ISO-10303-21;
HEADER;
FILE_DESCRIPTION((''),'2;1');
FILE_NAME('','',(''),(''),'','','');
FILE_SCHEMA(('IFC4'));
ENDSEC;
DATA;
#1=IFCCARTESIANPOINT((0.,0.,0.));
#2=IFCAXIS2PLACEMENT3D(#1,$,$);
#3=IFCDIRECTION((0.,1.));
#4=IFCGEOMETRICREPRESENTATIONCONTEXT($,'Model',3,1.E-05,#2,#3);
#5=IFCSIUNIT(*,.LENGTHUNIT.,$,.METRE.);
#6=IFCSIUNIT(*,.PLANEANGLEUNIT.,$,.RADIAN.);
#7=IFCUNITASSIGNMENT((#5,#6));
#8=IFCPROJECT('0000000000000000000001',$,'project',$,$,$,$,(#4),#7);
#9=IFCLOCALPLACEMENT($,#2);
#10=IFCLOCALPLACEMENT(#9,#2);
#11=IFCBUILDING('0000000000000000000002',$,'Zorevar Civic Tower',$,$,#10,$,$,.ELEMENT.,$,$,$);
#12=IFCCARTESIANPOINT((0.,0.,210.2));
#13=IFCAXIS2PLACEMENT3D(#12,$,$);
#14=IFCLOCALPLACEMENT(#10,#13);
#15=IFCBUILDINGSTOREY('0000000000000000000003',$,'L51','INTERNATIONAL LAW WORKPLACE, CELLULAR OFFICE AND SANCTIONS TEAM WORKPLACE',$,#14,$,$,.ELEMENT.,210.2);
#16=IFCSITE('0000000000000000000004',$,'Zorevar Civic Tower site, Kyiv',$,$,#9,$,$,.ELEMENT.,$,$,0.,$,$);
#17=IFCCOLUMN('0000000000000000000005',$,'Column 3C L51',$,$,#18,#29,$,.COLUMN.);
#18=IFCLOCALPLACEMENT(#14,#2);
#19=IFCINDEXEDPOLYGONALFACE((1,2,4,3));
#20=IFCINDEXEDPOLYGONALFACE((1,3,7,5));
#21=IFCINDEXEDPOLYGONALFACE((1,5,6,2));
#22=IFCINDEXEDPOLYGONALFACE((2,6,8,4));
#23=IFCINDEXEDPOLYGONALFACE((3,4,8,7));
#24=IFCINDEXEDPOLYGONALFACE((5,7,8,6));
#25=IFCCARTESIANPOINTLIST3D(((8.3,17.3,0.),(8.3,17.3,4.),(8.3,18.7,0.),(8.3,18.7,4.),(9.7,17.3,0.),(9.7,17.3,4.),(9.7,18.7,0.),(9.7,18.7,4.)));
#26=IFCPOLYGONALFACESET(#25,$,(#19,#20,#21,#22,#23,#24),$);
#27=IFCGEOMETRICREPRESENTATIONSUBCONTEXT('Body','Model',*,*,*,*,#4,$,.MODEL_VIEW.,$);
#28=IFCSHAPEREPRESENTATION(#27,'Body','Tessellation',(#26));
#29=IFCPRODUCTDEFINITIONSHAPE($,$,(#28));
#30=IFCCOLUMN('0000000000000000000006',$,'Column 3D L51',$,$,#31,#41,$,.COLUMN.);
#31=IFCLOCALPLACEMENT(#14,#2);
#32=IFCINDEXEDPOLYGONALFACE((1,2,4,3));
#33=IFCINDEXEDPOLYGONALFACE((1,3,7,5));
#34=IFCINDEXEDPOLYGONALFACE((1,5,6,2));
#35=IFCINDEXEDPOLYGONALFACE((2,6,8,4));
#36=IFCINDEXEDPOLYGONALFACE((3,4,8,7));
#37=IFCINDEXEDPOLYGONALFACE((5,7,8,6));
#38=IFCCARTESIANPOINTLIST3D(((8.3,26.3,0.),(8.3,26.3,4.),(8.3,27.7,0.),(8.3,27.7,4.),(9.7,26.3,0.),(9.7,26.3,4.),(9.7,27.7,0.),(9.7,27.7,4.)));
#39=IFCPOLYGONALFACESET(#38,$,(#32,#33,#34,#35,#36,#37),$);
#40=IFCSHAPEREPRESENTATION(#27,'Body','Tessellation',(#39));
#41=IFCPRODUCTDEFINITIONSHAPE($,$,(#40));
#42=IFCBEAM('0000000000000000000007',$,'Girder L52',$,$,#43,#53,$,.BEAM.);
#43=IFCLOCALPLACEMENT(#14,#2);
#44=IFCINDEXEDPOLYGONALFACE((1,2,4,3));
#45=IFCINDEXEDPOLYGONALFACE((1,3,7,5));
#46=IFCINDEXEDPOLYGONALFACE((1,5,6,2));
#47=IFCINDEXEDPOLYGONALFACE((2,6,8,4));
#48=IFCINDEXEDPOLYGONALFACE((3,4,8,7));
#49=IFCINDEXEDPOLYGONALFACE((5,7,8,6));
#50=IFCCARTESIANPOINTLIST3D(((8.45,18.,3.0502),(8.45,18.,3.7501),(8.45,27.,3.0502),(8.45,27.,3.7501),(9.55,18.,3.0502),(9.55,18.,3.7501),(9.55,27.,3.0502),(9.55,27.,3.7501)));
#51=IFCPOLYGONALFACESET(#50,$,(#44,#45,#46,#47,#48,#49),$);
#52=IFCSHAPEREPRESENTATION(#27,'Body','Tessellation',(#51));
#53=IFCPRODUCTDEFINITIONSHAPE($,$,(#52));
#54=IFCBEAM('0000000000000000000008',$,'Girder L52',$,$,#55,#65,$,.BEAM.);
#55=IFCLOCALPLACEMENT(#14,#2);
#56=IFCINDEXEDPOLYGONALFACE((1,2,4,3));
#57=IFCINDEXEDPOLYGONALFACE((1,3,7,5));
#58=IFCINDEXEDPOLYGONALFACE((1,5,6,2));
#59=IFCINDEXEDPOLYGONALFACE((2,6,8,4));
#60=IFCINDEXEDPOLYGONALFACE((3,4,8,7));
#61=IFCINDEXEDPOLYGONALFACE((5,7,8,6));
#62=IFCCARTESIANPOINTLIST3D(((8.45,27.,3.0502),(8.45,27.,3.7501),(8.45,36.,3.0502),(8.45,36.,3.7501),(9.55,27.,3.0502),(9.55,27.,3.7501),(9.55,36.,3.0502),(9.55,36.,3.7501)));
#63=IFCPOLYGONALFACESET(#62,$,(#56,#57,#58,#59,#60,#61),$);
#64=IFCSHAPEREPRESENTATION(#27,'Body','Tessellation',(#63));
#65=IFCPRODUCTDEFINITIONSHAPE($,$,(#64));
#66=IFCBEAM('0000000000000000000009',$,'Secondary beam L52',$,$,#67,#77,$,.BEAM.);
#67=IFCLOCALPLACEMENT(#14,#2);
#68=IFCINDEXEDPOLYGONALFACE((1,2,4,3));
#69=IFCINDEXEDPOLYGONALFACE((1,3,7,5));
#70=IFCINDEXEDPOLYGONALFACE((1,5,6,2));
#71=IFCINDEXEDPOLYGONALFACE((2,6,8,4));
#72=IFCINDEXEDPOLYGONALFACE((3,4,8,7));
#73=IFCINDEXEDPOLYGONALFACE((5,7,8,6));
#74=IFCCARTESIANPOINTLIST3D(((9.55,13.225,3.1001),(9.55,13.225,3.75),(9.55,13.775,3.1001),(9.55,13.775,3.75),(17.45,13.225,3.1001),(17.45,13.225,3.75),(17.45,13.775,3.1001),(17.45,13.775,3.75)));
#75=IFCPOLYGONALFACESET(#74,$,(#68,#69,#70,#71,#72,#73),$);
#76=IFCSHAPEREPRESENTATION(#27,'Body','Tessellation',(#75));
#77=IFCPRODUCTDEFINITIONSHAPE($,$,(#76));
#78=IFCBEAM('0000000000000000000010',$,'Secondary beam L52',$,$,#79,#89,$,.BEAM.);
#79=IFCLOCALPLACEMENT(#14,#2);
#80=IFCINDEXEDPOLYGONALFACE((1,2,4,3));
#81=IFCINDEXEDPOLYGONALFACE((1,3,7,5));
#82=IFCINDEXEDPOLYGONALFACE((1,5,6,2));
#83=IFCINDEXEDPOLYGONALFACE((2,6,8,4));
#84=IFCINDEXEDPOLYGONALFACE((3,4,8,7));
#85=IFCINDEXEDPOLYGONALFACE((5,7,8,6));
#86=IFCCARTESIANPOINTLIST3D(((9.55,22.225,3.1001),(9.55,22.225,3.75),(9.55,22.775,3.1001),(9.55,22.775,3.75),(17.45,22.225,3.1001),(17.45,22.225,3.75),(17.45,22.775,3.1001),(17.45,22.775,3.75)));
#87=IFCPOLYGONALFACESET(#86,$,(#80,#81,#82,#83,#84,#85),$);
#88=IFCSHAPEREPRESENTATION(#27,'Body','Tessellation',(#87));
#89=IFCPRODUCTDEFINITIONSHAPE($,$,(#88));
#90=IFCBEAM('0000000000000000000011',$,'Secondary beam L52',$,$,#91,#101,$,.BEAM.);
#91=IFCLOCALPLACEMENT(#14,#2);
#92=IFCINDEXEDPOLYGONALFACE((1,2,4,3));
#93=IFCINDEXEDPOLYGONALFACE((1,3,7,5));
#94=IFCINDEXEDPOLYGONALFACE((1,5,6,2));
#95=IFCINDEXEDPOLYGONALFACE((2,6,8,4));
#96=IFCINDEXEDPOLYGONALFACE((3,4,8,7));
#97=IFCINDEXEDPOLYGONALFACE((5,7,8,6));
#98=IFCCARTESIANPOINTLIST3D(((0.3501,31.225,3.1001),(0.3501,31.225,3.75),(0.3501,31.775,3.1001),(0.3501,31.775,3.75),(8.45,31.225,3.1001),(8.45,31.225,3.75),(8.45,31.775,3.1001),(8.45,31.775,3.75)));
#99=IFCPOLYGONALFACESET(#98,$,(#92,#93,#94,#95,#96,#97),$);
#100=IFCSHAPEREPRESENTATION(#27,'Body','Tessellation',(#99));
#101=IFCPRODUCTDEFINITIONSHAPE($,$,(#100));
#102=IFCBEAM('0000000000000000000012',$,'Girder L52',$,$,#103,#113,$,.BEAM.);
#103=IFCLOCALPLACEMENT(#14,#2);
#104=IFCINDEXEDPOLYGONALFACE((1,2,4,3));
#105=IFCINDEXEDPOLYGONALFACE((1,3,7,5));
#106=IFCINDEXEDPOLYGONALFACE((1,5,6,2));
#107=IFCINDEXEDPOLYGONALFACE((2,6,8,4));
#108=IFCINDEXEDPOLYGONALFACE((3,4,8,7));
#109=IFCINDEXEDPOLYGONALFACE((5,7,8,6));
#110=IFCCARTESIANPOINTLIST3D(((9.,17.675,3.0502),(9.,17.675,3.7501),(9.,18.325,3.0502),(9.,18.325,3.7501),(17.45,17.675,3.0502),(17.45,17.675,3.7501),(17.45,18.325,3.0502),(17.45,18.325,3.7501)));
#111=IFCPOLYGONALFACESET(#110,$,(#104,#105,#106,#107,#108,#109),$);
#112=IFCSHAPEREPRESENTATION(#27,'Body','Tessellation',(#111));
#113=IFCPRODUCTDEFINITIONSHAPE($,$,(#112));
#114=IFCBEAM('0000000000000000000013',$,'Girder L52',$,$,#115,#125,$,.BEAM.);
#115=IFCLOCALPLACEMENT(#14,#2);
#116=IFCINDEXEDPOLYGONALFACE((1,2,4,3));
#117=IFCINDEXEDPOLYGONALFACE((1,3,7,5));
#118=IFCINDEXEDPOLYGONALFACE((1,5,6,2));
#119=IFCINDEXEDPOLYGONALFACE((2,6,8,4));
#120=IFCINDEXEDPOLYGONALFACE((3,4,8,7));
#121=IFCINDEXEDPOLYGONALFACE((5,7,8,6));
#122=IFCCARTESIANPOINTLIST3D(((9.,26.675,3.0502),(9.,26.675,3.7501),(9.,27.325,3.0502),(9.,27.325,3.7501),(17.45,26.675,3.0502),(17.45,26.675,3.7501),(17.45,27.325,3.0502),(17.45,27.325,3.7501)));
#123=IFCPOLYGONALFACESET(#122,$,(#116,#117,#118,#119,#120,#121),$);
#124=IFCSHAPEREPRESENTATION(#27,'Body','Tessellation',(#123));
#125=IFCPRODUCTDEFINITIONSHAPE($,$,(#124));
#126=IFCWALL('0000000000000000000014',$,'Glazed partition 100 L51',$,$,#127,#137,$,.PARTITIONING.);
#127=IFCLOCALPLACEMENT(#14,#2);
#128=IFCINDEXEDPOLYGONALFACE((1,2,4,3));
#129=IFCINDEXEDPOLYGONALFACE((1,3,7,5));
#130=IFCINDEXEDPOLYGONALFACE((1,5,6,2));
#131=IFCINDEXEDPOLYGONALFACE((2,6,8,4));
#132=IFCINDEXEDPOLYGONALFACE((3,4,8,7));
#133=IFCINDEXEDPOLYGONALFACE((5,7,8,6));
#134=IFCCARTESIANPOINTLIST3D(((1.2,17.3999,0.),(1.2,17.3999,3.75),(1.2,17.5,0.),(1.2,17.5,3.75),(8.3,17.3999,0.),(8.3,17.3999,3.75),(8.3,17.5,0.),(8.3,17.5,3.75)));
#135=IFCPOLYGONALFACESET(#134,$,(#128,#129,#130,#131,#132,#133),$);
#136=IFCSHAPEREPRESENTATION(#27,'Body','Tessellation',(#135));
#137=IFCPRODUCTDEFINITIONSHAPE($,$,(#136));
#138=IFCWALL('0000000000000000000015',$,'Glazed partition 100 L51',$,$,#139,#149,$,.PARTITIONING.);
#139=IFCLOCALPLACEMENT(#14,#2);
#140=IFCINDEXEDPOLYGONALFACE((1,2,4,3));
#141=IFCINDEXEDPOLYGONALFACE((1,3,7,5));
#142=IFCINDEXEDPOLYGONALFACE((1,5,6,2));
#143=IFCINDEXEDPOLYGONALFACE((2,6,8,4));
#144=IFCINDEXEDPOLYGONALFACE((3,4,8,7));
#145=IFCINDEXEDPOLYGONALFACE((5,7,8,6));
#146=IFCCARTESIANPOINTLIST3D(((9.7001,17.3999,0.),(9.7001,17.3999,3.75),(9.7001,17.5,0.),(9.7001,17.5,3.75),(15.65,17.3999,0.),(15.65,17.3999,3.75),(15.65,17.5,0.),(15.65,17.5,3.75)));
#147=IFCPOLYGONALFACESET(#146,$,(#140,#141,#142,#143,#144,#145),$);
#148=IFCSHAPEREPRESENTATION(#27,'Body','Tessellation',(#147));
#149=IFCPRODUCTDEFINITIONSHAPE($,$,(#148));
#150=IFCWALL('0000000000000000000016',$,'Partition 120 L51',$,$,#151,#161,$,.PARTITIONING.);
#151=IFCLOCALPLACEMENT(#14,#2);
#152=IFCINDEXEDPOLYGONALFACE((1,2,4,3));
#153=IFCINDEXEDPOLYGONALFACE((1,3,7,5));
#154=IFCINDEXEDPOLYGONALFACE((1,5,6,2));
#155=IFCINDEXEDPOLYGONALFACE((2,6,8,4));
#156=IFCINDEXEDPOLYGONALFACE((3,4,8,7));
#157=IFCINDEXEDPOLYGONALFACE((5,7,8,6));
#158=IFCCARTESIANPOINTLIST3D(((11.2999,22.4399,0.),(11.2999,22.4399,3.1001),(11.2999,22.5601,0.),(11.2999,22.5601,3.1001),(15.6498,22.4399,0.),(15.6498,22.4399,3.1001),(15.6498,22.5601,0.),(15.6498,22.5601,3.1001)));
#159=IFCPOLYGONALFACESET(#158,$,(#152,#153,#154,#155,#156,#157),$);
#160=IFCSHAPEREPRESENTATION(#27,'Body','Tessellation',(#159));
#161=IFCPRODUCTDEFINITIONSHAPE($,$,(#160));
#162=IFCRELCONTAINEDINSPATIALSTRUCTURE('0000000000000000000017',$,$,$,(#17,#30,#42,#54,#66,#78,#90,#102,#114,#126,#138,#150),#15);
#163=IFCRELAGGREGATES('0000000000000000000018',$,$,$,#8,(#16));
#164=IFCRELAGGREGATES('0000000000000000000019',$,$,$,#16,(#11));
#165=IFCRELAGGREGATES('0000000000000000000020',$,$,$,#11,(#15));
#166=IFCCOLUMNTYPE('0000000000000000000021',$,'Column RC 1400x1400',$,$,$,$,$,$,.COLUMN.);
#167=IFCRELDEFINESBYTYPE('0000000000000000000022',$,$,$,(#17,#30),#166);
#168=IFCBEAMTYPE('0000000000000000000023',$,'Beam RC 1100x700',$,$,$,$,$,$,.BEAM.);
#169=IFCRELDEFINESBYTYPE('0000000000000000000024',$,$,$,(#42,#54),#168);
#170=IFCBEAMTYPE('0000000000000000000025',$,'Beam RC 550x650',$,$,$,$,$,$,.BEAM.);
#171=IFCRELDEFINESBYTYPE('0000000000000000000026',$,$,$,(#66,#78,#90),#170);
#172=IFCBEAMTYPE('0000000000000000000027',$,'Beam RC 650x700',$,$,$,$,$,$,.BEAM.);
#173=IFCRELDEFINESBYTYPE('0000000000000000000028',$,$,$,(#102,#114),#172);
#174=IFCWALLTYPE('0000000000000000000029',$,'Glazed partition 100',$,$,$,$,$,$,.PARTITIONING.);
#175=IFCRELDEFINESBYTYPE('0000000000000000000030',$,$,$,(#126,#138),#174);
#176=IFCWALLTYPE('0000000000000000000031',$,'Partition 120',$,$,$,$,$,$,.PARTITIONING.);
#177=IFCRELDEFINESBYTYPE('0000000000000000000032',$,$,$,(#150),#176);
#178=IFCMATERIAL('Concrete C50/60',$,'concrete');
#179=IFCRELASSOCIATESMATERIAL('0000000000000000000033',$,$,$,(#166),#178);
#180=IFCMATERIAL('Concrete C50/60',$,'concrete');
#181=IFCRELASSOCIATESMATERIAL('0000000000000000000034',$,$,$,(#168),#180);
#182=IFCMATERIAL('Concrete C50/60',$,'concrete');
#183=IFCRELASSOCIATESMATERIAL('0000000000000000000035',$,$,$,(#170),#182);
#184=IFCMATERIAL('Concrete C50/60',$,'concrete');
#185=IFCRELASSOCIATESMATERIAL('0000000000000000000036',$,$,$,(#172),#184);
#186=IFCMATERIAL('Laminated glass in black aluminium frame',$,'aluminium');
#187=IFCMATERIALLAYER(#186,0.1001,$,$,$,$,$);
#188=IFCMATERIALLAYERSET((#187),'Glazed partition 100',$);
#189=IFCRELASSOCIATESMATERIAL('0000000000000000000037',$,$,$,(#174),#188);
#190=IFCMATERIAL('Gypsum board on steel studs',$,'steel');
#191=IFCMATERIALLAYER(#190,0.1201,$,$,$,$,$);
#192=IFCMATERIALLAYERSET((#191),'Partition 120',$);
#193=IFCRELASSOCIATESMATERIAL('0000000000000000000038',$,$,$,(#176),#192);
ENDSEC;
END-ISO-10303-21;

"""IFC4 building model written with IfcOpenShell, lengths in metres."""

from ifc_helpers import new_model, si_unit, direction, frame, frame_2d, origin, origin_2d, place, context, subcontext, project, spatial, rectangle, extrude, material, layer, layer_set, material_profile, profile_set, type_object, element, save


model = new_model("IFC4")

# Units and contexts
model_context = context("Model", 3, precision=1e-05, world=origin(), true_north=direction((0.0, 1.0)))
body_context = subcontext(model_context, "Body", "Model", "MODEL_VIEW")
ifc_project = project(units=[si_unit("LENGTHUNIT", "METRE"), si_unit("PLANEANGLEUNIT", "RADIAN")], contexts=[model_context])

# Site, building, storey
site_placement = place(None, origin())
site = spatial("IfcSite", under=ifc_project, at=site_placement, Name="Zorevar Civic Tower site, Kyiv", CompositionType="ELEMENT", RefElevation=0.0)
building_placement = place(site_placement, origin())
building = spatial("IfcBuilding", under=site, at=building_placement, Name="Zorevar Civic Tower", CompositionType="ELEMENT")
storey_placement = place(building_placement, frame((0.0, 0.0, 210.2)))
storey = spatial("IfcBuildingStorey", under=building, at=storey_placement, Name="L51", Description="INTERNATIONAL LAW WORKPLACE, CELLULAR OFFICE AND SANCTIONS TEAM WORKPLACE", CompositionType="ELEMENT", Elevation=210.2)

# Columns
ifc_material_1 = material(Name="Concrete C50/60", Category="concrete")
ifc_material_profile_1 = material_profile(ifc_material_1, rectangle(XDim=1.3999, YDim=1.3999, at=origin_2d()), Name="RC 1400x1400")
ifc_profile_set_1 = profile_set([ifc_material_profile_1], Name="Concrete C50/60")
column_type = type_object("IfcColumnType", Name="Column RC 1400x1400", PredefinedType="COLUMN", material=ifc_profile_set_1)
for number, where, z_axis, x_axis, name in (
    (1, (9.0, 18.0, 0.0), (0.0, 0.0, 1.0), (1.0, 0.0, 0.0), "Column 3C L51"),
    (2, (9.0, 27.0, 0.0), (0.0, 0.0, 1.0), (1.0, 0.0, 0.0), "Column 3D L51"),
):
    element("IfcColumn", number, at=place(storey_placement, frame(where, z_axis=z_axis, x_axis=x_axis)), inside=storey, type_object=column_type, Name=name, PredefinedType="COLUMN", context=body_context, shape_type="SweptSolid", body=[
        extrude(rectangle(XDim=1.3999, YDim=1.3999, at=origin_2d()), origin(), (0.0, 0.0, 1.0), 4.0),
    ])

# Beams
ifc_material_2 = material(Name="Concrete C50/60", Category="concrete")
ifc_material_profile_2 = material_profile(ifc_material_2, rectangle(XDim=1.1001, YDim=0.7, at=origin_2d()), Name="RC 1100x700")
ifc_profile_set_2 = profile_set([ifc_material_profile_2], Name="Concrete C50/60")
beam_type_1 = type_object("IfcBeamType", Name="Beam RC 1100x700", PredefinedType="BEAM", material=ifc_profile_set_2)
for number, where, z_axis, x_axis, name in (
    (3, (9.0, 18.0, 3.4001), (0.0, 1.0, 0.0), (-1.0, 0.0, 0.0), "Girder L52"),
    (4, (9.0, 27.0, 3.4001), (0.0, 1.0, 0.0), (-1.0, 0.0, 0.0), "Girder L52"),
):
    element("IfcBeam", number, at=place(storey_placement, frame(where, z_axis=z_axis, x_axis=x_axis)), inside=storey, type_object=beam_type_1, Name=name, PredefinedType="BEAM", context=body_context, shape_type="SweptSolid", body=[
        extrude(rectangle(XDim=1.1001, YDim=0.7, at=origin_2d()), origin(), (0.0, 0.0, 1.0), 9.0),
    ])
ifc_material_3 = material(Name="Concrete C50/60", Category="concrete")
ifc_material_profile_3 = material_profile(ifc_material_3, rectangle(XDim=0.55, YDim=0.6499, at=origin_2d()), Name="RC 550x650")
ifc_profile_set_3 = profile_set([ifc_material_profile_3], Name="Concrete C50/60")
beam_type_2 = type_object("IfcBeamType", Name="Beam RC 550x650", PredefinedType="BEAM", material=ifc_profile_set_3)
for number, where, z_axis, x_axis, name in (
    (5, (9.55, 13.5, 3.425), (1.0, 0.0, 0.0), (0.0, 1.0, 0.0), "Secondary beam L52"),
    (6, (9.55, 22.5, 3.425), (1.0, 0.0, 0.0), (0.0, 1.0, 0.0), "Secondary beam L52"),
):
    element("IfcBeam", number, at=place(storey_placement, frame(where, z_axis=z_axis, x_axis=x_axis)), inside=storey, type_object=beam_type_2, Name=name, PredefinedType="BEAM", context=body_context, shape_type="SweptSolid", body=[
        extrude(rectangle(XDim=0.55, YDim=0.6499, at=origin_2d()), origin(), (0.0, 0.0, 1.0), 7.8999),
    ])
beam_placement = place(storey_placement, frame((0.3501, 31.5, 3.425), z_axis=(1.0, 0.0, 0.0), x_axis=(0.0, 1.0, 0.0)))
element("IfcBeam", 7, at=beam_placement, inside=storey, type_object=beam_type_2, Name="Secondary beam L52", PredefinedType="BEAM", context=body_context, shape_type="SweptSolid", body=[
    extrude(rectangle(XDim=0.55, YDim=0.6499, at=origin_2d()), origin(), (0.0, 0.0, 1.0), 8.0999),
])
ifc_material_4 = material(Name="Concrete C50/60", Category="concrete")
ifc_material_profile_4 = material_profile(ifc_material_4, rectangle(XDim=0.6499, YDim=0.7, at=origin_2d()), Name="RC 650x700")
ifc_profile_set_4 = profile_set([ifc_material_profile_4], Name="Concrete C50/60")
beam_type_3 = type_object("IfcBeamType", Name="Beam RC 650x700", PredefinedType="BEAM", material=ifc_profile_set_4)
for number, where, z_axis, x_axis, name in (
    (8, (9.0, 18.0, 3.4001), (1.0, 0.0, 0.0), (0.0, 1.0, 0.0), "Girder L52"),
    (9, (9.0, 27.0, 3.4001), (1.0, 0.0, 0.0), (0.0, 1.0, 0.0), "Girder L52"),
):
    element("IfcBeam", number, at=place(storey_placement, frame(where, z_axis=z_axis, x_axis=x_axis)), inside=storey, type_object=beam_type_3, Name=name, PredefinedType="BEAM", context=body_context, shape_type="SweptSolid", body=[
        extrude(rectangle(XDim=0.6499, YDim=0.7, at=origin_2d()), origin(), (0.0, 0.0, 1.0), 8.45),
    ])

# Walls
ifc_material_5 = material(Name="Laminated glass in black aluminium frame", Category="aluminium")
ifc_layer_1 = layer(ifc_material_5, 0.1001)
ifc_layer_set_1 = layer_set([ifc_layer_1], Name="Glazed partition 100")
wall_type_1 = type_object("IfcWallType", Name="Glazed partition 100", PredefinedType="PARTITIONING", material=ifc_layer_set_1)
wall_1_placement = place(storey_placement, frame((1.2, 17.45, 0.0), z_axis=(0.0, 0.0, 1.0), x_axis=(1.0, 0.0, 0.0)))
element("IfcWall", 10, at=wall_1_placement, inside=storey, type_object=wall_type_1, Name="Glazed partition 100 L51", PredefinedType="PARTITIONING", context=body_context, shape_type="SweptSolid", body=[
    extrude(rectangle(XDim=7.1001, YDim=0.1001, at=frame_2d((3.55, 0.0))), origin(), (0.0, 0.0, 1.0), 3.75),
])
wall_2_placement = place(storey_placement, frame((9.7, 17.45, 0.0), z_axis=(0.0, 0.0, 1.0), x_axis=(1.0, 0.0, 0.0)))
element("IfcWall", 11, at=wall_2_placement, inside=storey, type_object=wall_type_1, Name="Glazed partition 100 L51", PredefinedType="PARTITIONING", context=body_context, shape_type="SweptSolid", body=[
    extrude(rectangle(XDim=5.95, YDim=0.1001, at=frame_2d((2.9751, 0.0))), origin(), (0.0, 0.0, 1.0), 3.75),
])
ifc_material_6 = material(Name="Gypsum board on steel studs", Category="steel")
ifc_layer_2 = layer(ifc_material_6, 0.1201)
ifc_layer_set_2 = layer_set([ifc_layer_2], Name="Partition 120")
wall_type_2 = type_object("IfcWallType", Name="Partition 120", PredefinedType="PARTITIONING", material=ifc_layer_set_2)
wall_3_placement = place(storey_placement, frame((11.3, 22.5, 0.0), z_axis=(0.0, 0.0, 1.0), x_axis=(1.0, 0.0, 0.0)))
element("IfcWall", 12, at=wall_3_placement, inside=storey, type_object=wall_type_2, Name="Partition 120 L51", PredefinedType="PARTITIONING", context=body_context, shape_type="SweptSolid", body=[
    extrude(rectangle(XDim=4.3499, YDim=0.1201, at=frame_2d((2.1748, 0.0))), origin(), (0.0, 0.0, 1.0), 3.1001),
])

save(model, "model.ifc")
